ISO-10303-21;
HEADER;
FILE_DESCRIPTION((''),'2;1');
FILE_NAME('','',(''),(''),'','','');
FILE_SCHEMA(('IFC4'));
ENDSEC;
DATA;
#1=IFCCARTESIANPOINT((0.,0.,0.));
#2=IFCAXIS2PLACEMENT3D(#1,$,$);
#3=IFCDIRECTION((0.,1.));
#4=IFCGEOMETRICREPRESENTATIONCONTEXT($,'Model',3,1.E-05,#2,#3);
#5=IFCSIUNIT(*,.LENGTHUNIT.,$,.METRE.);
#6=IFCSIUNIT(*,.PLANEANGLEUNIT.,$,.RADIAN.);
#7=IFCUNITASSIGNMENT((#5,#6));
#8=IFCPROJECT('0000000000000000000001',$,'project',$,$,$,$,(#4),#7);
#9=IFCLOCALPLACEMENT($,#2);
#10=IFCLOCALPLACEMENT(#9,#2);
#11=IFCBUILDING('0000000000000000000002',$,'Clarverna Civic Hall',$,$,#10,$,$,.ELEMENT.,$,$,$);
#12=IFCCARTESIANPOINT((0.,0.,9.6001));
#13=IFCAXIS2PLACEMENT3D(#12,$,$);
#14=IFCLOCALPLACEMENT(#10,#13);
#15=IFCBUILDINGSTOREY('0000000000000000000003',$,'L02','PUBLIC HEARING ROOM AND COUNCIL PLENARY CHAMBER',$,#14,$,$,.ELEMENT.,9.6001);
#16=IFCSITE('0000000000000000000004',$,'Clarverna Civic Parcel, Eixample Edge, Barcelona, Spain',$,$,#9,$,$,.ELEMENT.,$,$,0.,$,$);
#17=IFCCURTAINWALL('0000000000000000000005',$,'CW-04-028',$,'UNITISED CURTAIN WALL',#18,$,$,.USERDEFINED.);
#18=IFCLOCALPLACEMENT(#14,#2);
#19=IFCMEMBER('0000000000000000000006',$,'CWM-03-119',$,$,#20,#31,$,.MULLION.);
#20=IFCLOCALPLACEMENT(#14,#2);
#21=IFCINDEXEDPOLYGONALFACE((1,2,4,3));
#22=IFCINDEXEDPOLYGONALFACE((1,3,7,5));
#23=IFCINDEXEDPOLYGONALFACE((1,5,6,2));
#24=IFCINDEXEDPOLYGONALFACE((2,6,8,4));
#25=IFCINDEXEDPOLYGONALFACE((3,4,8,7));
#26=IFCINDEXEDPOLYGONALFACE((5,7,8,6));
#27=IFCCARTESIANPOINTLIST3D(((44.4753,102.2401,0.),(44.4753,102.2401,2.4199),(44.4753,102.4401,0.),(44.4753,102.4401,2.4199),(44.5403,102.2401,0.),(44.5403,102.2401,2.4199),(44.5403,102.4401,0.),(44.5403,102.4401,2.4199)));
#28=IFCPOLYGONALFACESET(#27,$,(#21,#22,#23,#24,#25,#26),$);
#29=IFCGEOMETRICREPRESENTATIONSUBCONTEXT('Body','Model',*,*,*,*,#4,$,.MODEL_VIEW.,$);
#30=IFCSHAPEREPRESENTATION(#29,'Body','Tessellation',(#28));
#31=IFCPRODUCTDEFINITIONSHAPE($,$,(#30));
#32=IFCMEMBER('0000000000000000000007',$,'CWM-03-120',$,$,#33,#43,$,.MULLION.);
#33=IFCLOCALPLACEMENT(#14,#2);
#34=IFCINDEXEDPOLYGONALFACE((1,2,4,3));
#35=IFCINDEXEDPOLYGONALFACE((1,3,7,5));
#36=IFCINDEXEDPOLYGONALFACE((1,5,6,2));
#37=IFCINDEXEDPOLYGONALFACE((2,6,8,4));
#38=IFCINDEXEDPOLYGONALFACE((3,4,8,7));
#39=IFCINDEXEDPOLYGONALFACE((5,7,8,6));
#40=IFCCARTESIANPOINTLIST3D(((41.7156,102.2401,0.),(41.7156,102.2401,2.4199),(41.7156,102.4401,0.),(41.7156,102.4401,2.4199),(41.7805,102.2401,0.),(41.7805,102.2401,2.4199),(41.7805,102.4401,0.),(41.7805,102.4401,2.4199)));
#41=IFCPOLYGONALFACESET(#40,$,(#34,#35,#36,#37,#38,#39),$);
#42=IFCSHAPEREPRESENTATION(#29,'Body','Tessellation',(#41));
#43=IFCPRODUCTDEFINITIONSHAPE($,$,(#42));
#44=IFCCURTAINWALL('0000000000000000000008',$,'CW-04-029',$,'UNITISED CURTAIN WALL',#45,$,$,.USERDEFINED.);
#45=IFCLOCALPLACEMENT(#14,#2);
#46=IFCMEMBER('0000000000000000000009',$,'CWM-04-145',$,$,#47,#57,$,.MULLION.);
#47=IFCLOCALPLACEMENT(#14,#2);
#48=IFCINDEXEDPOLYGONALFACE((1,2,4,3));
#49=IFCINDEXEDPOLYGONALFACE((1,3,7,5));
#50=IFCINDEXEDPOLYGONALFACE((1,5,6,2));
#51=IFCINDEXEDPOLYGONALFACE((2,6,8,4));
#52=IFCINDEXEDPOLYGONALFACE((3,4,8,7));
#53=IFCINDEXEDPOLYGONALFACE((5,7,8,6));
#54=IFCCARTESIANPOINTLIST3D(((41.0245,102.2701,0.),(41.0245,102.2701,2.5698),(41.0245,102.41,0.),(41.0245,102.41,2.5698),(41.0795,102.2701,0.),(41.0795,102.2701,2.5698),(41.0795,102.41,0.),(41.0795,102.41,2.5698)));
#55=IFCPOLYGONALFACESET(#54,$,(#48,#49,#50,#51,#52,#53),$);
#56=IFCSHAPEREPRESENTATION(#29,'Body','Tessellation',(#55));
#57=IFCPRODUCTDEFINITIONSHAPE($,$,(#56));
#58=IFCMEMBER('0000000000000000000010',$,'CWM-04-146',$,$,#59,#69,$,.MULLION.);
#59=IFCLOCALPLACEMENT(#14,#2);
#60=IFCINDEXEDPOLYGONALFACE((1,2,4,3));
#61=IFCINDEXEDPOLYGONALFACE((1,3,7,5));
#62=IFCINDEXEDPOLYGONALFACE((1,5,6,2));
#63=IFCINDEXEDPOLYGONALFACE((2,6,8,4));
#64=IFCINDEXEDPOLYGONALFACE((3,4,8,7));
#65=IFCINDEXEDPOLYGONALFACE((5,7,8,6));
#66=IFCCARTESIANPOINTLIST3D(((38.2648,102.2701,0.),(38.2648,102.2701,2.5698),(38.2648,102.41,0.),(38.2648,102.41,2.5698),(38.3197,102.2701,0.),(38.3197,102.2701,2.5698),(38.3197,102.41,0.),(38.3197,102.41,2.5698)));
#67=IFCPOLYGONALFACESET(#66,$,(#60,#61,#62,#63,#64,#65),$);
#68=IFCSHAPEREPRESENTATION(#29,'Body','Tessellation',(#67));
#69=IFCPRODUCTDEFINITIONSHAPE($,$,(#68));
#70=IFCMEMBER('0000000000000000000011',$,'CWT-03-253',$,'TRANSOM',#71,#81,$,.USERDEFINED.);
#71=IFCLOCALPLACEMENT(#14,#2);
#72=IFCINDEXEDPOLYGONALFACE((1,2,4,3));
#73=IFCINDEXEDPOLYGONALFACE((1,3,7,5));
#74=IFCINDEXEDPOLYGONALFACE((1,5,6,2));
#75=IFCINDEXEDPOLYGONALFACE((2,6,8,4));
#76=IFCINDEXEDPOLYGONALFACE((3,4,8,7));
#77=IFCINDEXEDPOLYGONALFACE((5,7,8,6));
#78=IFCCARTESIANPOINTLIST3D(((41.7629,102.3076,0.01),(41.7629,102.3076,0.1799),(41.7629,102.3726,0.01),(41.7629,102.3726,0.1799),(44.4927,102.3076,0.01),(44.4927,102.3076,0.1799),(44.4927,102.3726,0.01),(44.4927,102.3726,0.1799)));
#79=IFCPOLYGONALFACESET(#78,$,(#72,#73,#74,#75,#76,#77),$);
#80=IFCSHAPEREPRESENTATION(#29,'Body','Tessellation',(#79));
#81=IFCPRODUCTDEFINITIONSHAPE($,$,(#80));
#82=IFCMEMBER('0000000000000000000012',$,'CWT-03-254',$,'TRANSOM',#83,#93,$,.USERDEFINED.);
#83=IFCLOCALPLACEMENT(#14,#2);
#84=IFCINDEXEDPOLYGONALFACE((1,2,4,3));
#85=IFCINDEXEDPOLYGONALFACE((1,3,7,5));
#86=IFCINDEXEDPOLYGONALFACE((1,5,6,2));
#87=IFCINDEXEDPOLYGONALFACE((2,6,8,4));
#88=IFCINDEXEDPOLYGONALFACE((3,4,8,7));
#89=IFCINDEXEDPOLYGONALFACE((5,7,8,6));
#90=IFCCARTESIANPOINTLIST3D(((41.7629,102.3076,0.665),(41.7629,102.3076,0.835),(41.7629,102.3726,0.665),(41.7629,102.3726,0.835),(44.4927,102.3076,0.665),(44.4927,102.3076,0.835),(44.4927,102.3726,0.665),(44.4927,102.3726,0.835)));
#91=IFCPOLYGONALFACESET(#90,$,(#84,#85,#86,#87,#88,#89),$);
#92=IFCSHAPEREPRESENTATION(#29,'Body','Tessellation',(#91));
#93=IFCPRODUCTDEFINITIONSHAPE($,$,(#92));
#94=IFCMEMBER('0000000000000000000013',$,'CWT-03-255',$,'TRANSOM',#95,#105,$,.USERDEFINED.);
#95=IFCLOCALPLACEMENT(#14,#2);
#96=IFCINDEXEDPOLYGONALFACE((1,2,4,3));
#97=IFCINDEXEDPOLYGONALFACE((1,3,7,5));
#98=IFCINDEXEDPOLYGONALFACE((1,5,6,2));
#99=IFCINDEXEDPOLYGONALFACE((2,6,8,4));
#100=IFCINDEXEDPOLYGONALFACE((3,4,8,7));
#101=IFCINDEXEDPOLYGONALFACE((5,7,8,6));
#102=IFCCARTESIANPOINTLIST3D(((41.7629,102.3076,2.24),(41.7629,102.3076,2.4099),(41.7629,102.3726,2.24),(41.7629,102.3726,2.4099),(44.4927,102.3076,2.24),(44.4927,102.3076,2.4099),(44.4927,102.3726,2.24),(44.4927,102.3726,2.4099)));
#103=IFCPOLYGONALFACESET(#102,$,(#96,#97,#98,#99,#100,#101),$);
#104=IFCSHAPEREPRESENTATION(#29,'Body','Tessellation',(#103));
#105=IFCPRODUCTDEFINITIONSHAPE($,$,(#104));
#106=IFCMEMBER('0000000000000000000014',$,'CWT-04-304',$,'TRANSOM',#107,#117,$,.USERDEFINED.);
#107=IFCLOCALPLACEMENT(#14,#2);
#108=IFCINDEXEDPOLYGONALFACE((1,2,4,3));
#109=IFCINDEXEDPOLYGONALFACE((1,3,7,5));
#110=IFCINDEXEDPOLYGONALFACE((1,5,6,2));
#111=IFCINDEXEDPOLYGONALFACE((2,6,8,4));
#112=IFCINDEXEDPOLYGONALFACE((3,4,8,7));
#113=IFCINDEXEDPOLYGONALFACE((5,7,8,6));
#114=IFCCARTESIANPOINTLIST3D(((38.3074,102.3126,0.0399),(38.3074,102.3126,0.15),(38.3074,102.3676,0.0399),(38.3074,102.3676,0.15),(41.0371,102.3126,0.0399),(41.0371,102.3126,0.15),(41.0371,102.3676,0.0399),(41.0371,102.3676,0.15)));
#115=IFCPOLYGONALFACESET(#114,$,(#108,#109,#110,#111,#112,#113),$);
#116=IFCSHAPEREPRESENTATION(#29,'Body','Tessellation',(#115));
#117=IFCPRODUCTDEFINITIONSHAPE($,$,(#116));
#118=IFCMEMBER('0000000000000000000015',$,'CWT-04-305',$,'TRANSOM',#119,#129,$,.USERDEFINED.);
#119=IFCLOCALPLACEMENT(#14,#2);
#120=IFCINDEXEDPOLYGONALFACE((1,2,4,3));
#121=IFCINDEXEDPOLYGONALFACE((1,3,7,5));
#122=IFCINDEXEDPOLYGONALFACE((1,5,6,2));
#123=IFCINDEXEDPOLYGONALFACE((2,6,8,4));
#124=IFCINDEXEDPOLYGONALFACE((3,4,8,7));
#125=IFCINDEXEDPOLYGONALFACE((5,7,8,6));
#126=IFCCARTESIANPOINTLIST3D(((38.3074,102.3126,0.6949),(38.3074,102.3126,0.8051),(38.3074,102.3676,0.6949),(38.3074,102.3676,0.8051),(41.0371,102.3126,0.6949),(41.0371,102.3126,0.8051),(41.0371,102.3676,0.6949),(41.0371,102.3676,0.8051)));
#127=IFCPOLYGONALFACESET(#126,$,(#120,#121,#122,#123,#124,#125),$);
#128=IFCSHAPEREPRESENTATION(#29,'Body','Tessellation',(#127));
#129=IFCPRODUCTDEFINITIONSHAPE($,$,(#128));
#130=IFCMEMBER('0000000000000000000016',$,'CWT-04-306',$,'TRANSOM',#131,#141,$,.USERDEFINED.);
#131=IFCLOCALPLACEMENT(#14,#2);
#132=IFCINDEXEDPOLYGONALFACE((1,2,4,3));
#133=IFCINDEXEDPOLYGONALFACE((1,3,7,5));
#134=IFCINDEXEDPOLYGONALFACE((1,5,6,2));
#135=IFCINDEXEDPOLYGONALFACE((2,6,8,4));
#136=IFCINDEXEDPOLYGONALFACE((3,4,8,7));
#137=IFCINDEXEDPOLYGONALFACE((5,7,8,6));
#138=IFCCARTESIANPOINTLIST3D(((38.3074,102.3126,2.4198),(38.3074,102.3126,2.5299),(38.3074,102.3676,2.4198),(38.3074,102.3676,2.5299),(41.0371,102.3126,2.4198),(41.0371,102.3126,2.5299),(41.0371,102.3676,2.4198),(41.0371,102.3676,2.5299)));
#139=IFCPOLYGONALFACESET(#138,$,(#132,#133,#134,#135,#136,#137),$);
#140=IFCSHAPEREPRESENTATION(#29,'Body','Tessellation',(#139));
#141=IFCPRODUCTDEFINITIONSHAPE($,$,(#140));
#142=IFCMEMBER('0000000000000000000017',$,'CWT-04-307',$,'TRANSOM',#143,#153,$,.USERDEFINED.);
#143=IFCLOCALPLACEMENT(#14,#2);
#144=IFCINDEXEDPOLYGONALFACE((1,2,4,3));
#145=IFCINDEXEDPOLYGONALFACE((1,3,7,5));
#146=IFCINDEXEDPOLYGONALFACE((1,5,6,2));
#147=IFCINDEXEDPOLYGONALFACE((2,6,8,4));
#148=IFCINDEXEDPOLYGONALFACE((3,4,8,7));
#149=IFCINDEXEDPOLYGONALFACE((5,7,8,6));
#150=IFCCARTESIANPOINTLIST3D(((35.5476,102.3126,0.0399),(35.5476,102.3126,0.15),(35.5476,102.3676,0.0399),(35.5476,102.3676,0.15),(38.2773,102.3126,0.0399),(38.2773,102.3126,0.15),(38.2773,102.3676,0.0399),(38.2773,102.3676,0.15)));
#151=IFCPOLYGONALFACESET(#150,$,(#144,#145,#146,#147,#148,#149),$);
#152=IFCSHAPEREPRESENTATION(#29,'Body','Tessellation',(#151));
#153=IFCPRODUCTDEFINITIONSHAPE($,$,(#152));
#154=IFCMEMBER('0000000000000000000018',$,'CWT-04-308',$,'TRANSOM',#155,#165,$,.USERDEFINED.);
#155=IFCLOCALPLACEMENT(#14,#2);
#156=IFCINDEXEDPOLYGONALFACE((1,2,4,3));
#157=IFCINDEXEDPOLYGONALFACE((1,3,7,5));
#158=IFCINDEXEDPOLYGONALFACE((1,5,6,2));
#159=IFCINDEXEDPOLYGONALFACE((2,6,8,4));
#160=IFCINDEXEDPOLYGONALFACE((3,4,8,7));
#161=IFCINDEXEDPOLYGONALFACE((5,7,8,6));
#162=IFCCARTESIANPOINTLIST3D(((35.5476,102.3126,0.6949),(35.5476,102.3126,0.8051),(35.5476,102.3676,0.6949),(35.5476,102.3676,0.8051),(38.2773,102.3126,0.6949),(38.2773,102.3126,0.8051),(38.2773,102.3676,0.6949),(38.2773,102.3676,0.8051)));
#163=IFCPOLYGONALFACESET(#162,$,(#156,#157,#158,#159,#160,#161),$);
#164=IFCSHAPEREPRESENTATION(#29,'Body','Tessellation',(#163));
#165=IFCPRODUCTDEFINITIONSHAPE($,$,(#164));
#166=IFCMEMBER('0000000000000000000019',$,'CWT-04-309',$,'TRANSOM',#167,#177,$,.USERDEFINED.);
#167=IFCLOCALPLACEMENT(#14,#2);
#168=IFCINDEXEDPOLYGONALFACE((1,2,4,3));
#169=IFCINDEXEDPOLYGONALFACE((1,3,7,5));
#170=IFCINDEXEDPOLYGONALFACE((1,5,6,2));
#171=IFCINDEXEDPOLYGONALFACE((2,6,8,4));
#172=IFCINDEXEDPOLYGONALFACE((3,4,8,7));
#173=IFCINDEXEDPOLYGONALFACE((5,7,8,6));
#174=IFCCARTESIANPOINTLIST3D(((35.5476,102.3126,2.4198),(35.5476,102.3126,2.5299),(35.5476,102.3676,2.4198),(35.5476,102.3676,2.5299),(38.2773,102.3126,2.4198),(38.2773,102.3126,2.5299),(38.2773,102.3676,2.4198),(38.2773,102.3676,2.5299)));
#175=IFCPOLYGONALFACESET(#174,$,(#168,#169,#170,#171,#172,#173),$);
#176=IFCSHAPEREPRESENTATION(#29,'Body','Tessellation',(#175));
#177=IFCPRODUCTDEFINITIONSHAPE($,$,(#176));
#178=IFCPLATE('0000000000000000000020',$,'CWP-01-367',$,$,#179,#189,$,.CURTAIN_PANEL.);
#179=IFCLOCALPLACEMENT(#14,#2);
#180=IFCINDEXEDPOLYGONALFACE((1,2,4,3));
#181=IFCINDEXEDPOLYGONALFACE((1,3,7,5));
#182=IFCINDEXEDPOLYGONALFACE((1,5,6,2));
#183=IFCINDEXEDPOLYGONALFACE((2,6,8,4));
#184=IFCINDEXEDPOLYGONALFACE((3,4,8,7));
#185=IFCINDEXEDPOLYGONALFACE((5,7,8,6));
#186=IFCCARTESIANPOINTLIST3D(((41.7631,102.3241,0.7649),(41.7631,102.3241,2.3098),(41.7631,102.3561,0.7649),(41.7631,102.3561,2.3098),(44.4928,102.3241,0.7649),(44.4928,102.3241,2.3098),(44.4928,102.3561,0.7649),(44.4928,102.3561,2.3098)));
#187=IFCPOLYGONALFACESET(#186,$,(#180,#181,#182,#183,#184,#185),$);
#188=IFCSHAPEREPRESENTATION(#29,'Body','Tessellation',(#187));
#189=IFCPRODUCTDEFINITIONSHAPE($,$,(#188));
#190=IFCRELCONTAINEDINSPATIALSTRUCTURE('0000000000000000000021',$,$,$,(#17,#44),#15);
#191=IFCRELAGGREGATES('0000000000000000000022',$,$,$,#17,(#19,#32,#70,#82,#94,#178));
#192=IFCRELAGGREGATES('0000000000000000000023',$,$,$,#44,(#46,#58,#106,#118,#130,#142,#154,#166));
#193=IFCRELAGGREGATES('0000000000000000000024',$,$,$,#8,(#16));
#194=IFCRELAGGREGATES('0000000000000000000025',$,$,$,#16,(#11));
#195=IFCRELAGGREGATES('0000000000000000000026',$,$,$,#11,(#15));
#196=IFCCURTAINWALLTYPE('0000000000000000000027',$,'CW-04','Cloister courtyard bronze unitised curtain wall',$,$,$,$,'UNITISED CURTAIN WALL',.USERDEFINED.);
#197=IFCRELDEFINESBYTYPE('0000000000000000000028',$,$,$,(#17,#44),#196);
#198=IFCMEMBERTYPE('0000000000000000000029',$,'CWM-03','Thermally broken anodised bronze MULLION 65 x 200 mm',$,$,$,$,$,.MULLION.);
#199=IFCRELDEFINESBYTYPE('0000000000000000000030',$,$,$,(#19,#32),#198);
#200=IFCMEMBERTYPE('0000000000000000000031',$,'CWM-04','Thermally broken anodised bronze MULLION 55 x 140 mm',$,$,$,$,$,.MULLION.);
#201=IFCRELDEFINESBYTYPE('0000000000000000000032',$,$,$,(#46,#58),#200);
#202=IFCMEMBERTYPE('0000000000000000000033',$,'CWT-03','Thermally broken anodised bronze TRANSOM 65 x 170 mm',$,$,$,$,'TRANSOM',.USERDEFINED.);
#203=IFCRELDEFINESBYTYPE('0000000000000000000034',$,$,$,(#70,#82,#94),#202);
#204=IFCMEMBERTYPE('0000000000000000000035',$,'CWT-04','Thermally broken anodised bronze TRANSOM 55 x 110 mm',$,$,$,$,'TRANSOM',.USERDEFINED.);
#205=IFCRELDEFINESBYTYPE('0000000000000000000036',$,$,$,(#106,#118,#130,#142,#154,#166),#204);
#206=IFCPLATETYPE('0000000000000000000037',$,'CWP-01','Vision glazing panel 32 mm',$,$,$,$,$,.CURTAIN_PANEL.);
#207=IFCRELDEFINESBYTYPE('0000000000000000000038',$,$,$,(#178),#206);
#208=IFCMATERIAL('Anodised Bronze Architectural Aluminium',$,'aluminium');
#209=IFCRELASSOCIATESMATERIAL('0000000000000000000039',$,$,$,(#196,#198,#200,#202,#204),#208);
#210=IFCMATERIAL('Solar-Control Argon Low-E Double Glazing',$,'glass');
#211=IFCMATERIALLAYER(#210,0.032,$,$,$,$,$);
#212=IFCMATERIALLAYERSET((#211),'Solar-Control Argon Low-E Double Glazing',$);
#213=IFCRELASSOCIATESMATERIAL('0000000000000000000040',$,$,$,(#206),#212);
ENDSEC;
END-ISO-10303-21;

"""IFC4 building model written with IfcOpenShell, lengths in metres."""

from ifc_helpers import new_model, si_unit, direction, frame, frame_2d, origin, origin_2d, place, context, subcontext, project, spatial, rectangle, extrude, material, layer, layer_set, material_profile, profile_set, type_object, element, aggregate, save


model = new_model("IFC4")

# Units and contexts
model_context = context("Model", 3, precision=1e-05, world=origin(), true_north=direction((0.0, 1.0)))
body_context = subcontext(model_context, "Body", "Model", "MODEL_VIEW")
ifc_project = project(units=[si_unit("LENGTHUNIT", "METRE"), si_unit("PLANEANGLEUNIT", "RADIAN")], contexts=[model_context])

# Site, building, storey
site_placement = place(None, origin())
site = spatial("IfcSite", under=ifc_project, at=site_placement, Name="Clarverna Civic Parcel, Eixample Edge, Barcelona, Spain", CompositionType="ELEMENT", RefElevation=0.0)
building_placement = place(site_placement, origin())
building = spatial("IfcBuilding", under=site, at=building_placement, Name="Clarverna Civic Hall", CompositionType="ELEMENT")
storey_placement = place(building_placement, frame((0.0, 0.0, 9.6001)))
storey = spatial("IfcBuildingStorey", under=building, at=storey_placement, Name="L02", Description="PUBLIC HEARING ROOM AND COUNCIL PLENARY CHAMBER", CompositionType="ELEMENT", Elevation=9.6001)

# Curtain walls, members
ifc_material_1 = material(Name="Anodised Bronze Architectural Aluminium", Category="aluminium")
curtain_wall_type = type_object("IfcCurtainWallType", Name="CW-04", Description="Cloister courtyard bronze unitised curtain wall", ElementType="UNITISED CURTAIN WALL", PredefinedType="USERDEFINED", material=ifc_material_1)
curtain_wall_1_placement = place(storey_placement, origin())
curtain_wall_1 = element("IfcCurtainWall", 1, at=curtain_wall_1_placement, inside=storey, type_object=curtain_wall_type, Name="CW-04-028", ObjectType="UNITISED CURTAIN WALL", PredefinedType="USERDEFINED")
ifc_material_profile_1 = material_profile(ifc_material_1, rectangle(XDim=0.0649, YDim=0.2, at=origin_2d()), Name="BRONZE 65x200")
ifc_profile_set_1 = profile_set([ifc_material_profile_1], Name="Anodised Bronze Architectural Aluminium")
member_type_1 = type_object("IfcMemberType", Name="CWM-03", Description="Thermally broken anodised bronze MULLION 65 x 200 mm", PredefinedType="MULLION", material=ifc_profile_set_1)
member_1_placement = place(storey_placement, frame((44.5078, 102.3401, 0.0), z_axis=(0.0, 0.0, 1.0), x_axis=(1.0, 0.0, 0.0)))
member_1 = element("IfcMember", 2, at=member_1_placement, type_object=member_type_1, Name="CWM-03-119", PredefinedType="MULLION", context=body_context, shape_type="SweptSolid", body=[
    extrude(rectangle(XDim=0.0649, YDim=0.2, at=origin_2d()), origin(), (0.0, 0.0, 1.0), 2.4199),
])
member_2_placement = place(storey_placement, frame((41.748, 102.3401, 0.0), z_axis=(0.0, 0.0, 1.0), x_axis=(1.0, 0.0, 0.0)))
member_2 = element("IfcMember", 3, at=member_2_placement, type_object=member_type_1, Name="CWM-03-120", PredefinedType="MULLION", context=body_context, shape_type="SweptSolid", body=[
    extrude(rectangle(XDim=0.0649, YDim=0.2, at=origin_2d()), origin(), (0.0, 0.0, 1.0), 2.4199),
])
curtain_wall_2_placement = place(storey_placement, origin())
curtain_wall_2 = element("IfcCurtainWall", 4, at=curtain_wall_2_placement, inside=storey, type_object=curtain_wall_type, Name="CW-04-029", ObjectType="UNITISED CURTAIN WALL", PredefinedType="USERDEFINED")
ifc_material_profile_2 = material_profile(ifc_material_1, rectangle(XDim=0.0549, YDim=0.1399, at=origin_2d()), Name="BRONZE 55x140")
ifc_profile_set_2 = profile_set([ifc_material_profile_2], Name="Anodised Bronze Architectural Aluminium")
member_type_2 = type_object("IfcMemberType", Name="CWM-04", Description="Thermally broken anodised bronze MULLION 55 x 140 mm", PredefinedType="MULLION", material=ifc_profile_set_2)
member_3_placement = place(storey_placement, frame((41.052, 102.3401, 0.0), z_axis=(0.0, 0.0, 1.0), x_axis=(1.0, 0.0, 0.0)))
member_3 = element("IfcMember", 5, at=member_3_placement, type_object=member_type_2, Name="CWM-04-145", PredefinedType="MULLION", context=body_context, shape_type="SweptSolid", body=[
    extrude(rectangle(XDim=0.0549, YDim=0.1399, at=origin_2d()), origin(), (0.0, 0.0, 1.0), 2.5698),
])
member_4_placement = place(storey_placement, frame((38.2922, 102.3401, 0.0), z_axis=(0.0, 0.0, 1.0), x_axis=(1.0, 0.0, 0.0)))
member_4 = element("IfcMember", 6, at=member_4_placement, type_object=member_type_2, Name="CWM-04-146", PredefinedType="MULLION", context=body_context, shape_type="SweptSolid", body=[
    extrude(rectangle(XDim=0.0549, YDim=0.1399, at=origin_2d()), origin(), (0.0, 0.0, 1.0), 2.5698),
])

# Members
ifc_material_profile_3 = material_profile(ifc_material_1, rectangle(XDim=0.0649, YDim=0.1699, at=origin_2d()), Name="BRONZE 65x170")
ifc_profile_set_3 = profile_set([ifc_material_profile_3], Name="Anodised Bronze Architectural Aluminium")
member_type_3 = type_object("IfcMemberType", Name="CWT-03", Description="Thermally broken anodised bronze TRANSOM 65 x 170 mm", ElementType="TRANSOM", PredefinedType="USERDEFINED", material=ifc_profile_set_3)
member_5_placement = place(storey_placement, frame((44.4927, 102.3401, 0.095), z_axis=(-1.0, 0.0, 0.0), x_axis=(0.0, -1.0, 0.0)))
member_5 = element("IfcMember", 7, at=member_5_placement, type_object=member_type_3, Name="CWT-03-253", ObjectType="TRANSOM", PredefinedType="USERDEFINED", context=body_context, shape_type="SweptSolid", body=[
    extrude(rectangle(XDim=0.0649, YDim=0.1699, at=origin_2d()), origin(), (0.0, 0.0, 1.0), 2.7297),
])
member_6_placement = place(storey_placement, frame((44.4927, 102.3401, 0.75), z_axis=(-1.0, 0.0, 0.0), x_axis=(0.0, -1.0, 0.0)))
member_6 = element("IfcMember", 8, at=member_6_placement, type_object=member_type_3, Name="CWT-03-254", ObjectType="TRANSOM", PredefinedType="USERDEFINED", context=body_context, shape_type="SweptSolid", body=[
    extrude(rectangle(XDim=0.0649, YDim=0.1699, at=origin_2d()), origin(), (0.0, 0.0, 1.0), 2.7297),
])
member_7_placement = place(storey_placement, frame((44.4927, 102.3401, 2.325), z_axis=(-1.0, 0.0, 0.0), x_axis=(0.0, -1.0, 0.0)))
member_7 = element("IfcMember", 9, at=member_7_placement, type_object=member_type_3, Name="CWT-03-255", ObjectType="TRANSOM", PredefinedType="USERDEFINED", context=body_context, shape_type="SweptSolid", body=[
    extrude(rectangle(XDim=0.0649, YDim=0.1699, at=origin_2d()), origin(), (0.0, 0.0, 1.0), 2.7297),
])
ifc_material_profile_4 = material_profile(ifc_material_1, rectangle(XDim=0.0549, YDim=0.1101, at=origin_2d()), Name="BRONZE 55x110")
ifc_profile_set_4 = profile_set([ifc_material_profile_4], Name="Anodised Bronze Architectural Aluminium")
member_type_4 = type_object("IfcMemberType", Name="CWT-04", Description="Thermally broken anodised bronze TRANSOM 55 x 110 mm", ElementType="TRANSOM", PredefinedType="USERDEFINED", material=ifc_profile_set_4)
member_8_placement = place(storey_placement, frame((41.0371, 102.3401, 0.095), z_axis=(-1.0, 0.0, 0.0), x_axis=(0.0, -1.0, 0.0)))
member_8 = element("IfcMember", 10, at=member_8_placement, type_object=member_type_4, Name="CWT-04-304", ObjectType="TRANSOM", PredefinedType="USERDEFINED", context=body_context, shape_type="SweptSolid", body=[
    extrude(rectangle(XDim=0.0549, YDim=0.1101, at=origin_2d()), origin(), (0.0, 0.0, 1.0), 2.7297),
])
member_9_placement = place(storey_placement, frame((41.0371, 102.3401, 0.75), z_axis=(-1.0, 0.0, 0.0), x_axis=(0.0, -1.0, 0.0)))
member_9 = element("IfcMember", 11, at=member_9_placement, type_object=member_type_4, Name="CWT-04-305", ObjectType="TRANSOM", PredefinedType="USERDEFINED", context=body_context, shape_type="SweptSolid", body=[
    extrude(rectangle(XDim=0.0549, YDim=0.1101, at=origin_2d()), origin(), (0.0, 0.0, 1.0), 2.7297),
])
member_10_placement = place(storey_placement, frame((41.0371, 102.3401, 2.4749), z_axis=(-1.0, 0.0, 0.0), x_axis=(0.0, -1.0, 0.0)))
member_10 = element("IfcMember", 12, at=member_10_placement, type_object=member_type_4, Name="CWT-04-306", ObjectType="TRANSOM", PredefinedType="USERDEFINED", context=body_context, shape_type="SweptSolid", body=[
    extrude(rectangle(XDim=0.0549, YDim=0.1101, at=origin_2d()), origin(), (0.0, 0.0, 1.0), 2.7297),
])
member_11_placement = place(storey_placement, frame((38.2773, 102.3401, 0.095), z_axis=(-1.0, 0.0, 0.0), x_axis=(0.0, -1.0, 0.0)))
member_11 = element("IfcMember", 13, at=member_11_placement, type_object=member_type_4, Name="CWT-04-307", ObjectType="TRANSOM", PredefinedType="USERDEFINED", context=body_context, shape_type="SweptSolid", body=[
    extrude(rectangle(XDim=0.0549, YDim=0.1101, at=origin_2d()), origin(), (0.0, 0.0, 1.0), 2.7297),
])
member_12_placement = place(storey_placement, frame((38.2773, 102.3401, 0.75), z_axis=(-1.0, 0.0, 0.0), x_axis=(0.0, -1.0, 0.0)))
member_12 = element("IfcMember", 14, at=member_12_placement, type_object=member_type_4, Name="CWT-04-308", ObjectType="TRANSOM", PredefinedType="USERDEFINED", context=body_context, shape_type="SweptSolid", body=[
    extrude(rectangle(XDim=0.0549, YDim=0.1101, at=origin_2d()), origin(), (0.0, 0.0, 1.0), 2.7297),
])
member_13_placement = place(storey_placement, frame((38.2773, 102.3401, 2.4749), z_axis=(-1.0, 0.0, 0.0), x_axis=(0.0, -1.0, 0.0)))
member_13 = element("IfcMember", 15, at=member_13_placement, type_object=member_type_4, Name="CWT-04-309", ObjectType="TRANSOM", PredefinedType="USERDEFINED", context=body_context, shape_type="SweptSolid", body=[
    extrude(rectangle(XDim=0.0549, YDim=0.1101, at=origin_2d()), origin(), (0.0, 0.0, 1.0), 2.7297),
])

# Plate
ifc_material_2 = material(Name="Solar-Control Argon Low-E Double Glazing", Category="glass")
ifc_layer_1 = layer(ifc_material_2, 0.032)
ifc_layer_set_1 = layer_set([ifc_layer_1], Name="Solar-Control Argon Low-E Double Glazing")
plate_type_1 = type_object("IfcPlateType", Name="CWP-01", Description="Vision glazing panel 32 mm", PredefinedType="CURTAIN_PANEL", material=ifc_layer_set_1)
plate_1_placement = place(storey_placement, frame((44.4927, 102.3401, 0.7649), z_axis=(0.0, 0.0, 1.0), x_axis=(-1.0, 0.0, 0.0)))
plate_1 = element("IfcPlate", 16, at=plate_1_placement, type_object=plate_type_1, Name="CWP-01-367", PredefinedType="CURTAIN_PANEL", context=body_context, shape_type="SweptSolid", body=[
    extrude(rectangle(XDim=2.7297, YDim=0.032, at=frame_2d((1.3647, 0.0))), origin(), (0.0, 0.0, 1.0), 1.5449),
])
aggregate(curtain_wall_1, [member_1, member_2, member_5, member_6, member_7, plate_1])
aggregate(curtain_wall_2, [member_3, member_4, member_8, member_9, member_10, member_11, member_12, member_13])

save(model, "model.ifc")
